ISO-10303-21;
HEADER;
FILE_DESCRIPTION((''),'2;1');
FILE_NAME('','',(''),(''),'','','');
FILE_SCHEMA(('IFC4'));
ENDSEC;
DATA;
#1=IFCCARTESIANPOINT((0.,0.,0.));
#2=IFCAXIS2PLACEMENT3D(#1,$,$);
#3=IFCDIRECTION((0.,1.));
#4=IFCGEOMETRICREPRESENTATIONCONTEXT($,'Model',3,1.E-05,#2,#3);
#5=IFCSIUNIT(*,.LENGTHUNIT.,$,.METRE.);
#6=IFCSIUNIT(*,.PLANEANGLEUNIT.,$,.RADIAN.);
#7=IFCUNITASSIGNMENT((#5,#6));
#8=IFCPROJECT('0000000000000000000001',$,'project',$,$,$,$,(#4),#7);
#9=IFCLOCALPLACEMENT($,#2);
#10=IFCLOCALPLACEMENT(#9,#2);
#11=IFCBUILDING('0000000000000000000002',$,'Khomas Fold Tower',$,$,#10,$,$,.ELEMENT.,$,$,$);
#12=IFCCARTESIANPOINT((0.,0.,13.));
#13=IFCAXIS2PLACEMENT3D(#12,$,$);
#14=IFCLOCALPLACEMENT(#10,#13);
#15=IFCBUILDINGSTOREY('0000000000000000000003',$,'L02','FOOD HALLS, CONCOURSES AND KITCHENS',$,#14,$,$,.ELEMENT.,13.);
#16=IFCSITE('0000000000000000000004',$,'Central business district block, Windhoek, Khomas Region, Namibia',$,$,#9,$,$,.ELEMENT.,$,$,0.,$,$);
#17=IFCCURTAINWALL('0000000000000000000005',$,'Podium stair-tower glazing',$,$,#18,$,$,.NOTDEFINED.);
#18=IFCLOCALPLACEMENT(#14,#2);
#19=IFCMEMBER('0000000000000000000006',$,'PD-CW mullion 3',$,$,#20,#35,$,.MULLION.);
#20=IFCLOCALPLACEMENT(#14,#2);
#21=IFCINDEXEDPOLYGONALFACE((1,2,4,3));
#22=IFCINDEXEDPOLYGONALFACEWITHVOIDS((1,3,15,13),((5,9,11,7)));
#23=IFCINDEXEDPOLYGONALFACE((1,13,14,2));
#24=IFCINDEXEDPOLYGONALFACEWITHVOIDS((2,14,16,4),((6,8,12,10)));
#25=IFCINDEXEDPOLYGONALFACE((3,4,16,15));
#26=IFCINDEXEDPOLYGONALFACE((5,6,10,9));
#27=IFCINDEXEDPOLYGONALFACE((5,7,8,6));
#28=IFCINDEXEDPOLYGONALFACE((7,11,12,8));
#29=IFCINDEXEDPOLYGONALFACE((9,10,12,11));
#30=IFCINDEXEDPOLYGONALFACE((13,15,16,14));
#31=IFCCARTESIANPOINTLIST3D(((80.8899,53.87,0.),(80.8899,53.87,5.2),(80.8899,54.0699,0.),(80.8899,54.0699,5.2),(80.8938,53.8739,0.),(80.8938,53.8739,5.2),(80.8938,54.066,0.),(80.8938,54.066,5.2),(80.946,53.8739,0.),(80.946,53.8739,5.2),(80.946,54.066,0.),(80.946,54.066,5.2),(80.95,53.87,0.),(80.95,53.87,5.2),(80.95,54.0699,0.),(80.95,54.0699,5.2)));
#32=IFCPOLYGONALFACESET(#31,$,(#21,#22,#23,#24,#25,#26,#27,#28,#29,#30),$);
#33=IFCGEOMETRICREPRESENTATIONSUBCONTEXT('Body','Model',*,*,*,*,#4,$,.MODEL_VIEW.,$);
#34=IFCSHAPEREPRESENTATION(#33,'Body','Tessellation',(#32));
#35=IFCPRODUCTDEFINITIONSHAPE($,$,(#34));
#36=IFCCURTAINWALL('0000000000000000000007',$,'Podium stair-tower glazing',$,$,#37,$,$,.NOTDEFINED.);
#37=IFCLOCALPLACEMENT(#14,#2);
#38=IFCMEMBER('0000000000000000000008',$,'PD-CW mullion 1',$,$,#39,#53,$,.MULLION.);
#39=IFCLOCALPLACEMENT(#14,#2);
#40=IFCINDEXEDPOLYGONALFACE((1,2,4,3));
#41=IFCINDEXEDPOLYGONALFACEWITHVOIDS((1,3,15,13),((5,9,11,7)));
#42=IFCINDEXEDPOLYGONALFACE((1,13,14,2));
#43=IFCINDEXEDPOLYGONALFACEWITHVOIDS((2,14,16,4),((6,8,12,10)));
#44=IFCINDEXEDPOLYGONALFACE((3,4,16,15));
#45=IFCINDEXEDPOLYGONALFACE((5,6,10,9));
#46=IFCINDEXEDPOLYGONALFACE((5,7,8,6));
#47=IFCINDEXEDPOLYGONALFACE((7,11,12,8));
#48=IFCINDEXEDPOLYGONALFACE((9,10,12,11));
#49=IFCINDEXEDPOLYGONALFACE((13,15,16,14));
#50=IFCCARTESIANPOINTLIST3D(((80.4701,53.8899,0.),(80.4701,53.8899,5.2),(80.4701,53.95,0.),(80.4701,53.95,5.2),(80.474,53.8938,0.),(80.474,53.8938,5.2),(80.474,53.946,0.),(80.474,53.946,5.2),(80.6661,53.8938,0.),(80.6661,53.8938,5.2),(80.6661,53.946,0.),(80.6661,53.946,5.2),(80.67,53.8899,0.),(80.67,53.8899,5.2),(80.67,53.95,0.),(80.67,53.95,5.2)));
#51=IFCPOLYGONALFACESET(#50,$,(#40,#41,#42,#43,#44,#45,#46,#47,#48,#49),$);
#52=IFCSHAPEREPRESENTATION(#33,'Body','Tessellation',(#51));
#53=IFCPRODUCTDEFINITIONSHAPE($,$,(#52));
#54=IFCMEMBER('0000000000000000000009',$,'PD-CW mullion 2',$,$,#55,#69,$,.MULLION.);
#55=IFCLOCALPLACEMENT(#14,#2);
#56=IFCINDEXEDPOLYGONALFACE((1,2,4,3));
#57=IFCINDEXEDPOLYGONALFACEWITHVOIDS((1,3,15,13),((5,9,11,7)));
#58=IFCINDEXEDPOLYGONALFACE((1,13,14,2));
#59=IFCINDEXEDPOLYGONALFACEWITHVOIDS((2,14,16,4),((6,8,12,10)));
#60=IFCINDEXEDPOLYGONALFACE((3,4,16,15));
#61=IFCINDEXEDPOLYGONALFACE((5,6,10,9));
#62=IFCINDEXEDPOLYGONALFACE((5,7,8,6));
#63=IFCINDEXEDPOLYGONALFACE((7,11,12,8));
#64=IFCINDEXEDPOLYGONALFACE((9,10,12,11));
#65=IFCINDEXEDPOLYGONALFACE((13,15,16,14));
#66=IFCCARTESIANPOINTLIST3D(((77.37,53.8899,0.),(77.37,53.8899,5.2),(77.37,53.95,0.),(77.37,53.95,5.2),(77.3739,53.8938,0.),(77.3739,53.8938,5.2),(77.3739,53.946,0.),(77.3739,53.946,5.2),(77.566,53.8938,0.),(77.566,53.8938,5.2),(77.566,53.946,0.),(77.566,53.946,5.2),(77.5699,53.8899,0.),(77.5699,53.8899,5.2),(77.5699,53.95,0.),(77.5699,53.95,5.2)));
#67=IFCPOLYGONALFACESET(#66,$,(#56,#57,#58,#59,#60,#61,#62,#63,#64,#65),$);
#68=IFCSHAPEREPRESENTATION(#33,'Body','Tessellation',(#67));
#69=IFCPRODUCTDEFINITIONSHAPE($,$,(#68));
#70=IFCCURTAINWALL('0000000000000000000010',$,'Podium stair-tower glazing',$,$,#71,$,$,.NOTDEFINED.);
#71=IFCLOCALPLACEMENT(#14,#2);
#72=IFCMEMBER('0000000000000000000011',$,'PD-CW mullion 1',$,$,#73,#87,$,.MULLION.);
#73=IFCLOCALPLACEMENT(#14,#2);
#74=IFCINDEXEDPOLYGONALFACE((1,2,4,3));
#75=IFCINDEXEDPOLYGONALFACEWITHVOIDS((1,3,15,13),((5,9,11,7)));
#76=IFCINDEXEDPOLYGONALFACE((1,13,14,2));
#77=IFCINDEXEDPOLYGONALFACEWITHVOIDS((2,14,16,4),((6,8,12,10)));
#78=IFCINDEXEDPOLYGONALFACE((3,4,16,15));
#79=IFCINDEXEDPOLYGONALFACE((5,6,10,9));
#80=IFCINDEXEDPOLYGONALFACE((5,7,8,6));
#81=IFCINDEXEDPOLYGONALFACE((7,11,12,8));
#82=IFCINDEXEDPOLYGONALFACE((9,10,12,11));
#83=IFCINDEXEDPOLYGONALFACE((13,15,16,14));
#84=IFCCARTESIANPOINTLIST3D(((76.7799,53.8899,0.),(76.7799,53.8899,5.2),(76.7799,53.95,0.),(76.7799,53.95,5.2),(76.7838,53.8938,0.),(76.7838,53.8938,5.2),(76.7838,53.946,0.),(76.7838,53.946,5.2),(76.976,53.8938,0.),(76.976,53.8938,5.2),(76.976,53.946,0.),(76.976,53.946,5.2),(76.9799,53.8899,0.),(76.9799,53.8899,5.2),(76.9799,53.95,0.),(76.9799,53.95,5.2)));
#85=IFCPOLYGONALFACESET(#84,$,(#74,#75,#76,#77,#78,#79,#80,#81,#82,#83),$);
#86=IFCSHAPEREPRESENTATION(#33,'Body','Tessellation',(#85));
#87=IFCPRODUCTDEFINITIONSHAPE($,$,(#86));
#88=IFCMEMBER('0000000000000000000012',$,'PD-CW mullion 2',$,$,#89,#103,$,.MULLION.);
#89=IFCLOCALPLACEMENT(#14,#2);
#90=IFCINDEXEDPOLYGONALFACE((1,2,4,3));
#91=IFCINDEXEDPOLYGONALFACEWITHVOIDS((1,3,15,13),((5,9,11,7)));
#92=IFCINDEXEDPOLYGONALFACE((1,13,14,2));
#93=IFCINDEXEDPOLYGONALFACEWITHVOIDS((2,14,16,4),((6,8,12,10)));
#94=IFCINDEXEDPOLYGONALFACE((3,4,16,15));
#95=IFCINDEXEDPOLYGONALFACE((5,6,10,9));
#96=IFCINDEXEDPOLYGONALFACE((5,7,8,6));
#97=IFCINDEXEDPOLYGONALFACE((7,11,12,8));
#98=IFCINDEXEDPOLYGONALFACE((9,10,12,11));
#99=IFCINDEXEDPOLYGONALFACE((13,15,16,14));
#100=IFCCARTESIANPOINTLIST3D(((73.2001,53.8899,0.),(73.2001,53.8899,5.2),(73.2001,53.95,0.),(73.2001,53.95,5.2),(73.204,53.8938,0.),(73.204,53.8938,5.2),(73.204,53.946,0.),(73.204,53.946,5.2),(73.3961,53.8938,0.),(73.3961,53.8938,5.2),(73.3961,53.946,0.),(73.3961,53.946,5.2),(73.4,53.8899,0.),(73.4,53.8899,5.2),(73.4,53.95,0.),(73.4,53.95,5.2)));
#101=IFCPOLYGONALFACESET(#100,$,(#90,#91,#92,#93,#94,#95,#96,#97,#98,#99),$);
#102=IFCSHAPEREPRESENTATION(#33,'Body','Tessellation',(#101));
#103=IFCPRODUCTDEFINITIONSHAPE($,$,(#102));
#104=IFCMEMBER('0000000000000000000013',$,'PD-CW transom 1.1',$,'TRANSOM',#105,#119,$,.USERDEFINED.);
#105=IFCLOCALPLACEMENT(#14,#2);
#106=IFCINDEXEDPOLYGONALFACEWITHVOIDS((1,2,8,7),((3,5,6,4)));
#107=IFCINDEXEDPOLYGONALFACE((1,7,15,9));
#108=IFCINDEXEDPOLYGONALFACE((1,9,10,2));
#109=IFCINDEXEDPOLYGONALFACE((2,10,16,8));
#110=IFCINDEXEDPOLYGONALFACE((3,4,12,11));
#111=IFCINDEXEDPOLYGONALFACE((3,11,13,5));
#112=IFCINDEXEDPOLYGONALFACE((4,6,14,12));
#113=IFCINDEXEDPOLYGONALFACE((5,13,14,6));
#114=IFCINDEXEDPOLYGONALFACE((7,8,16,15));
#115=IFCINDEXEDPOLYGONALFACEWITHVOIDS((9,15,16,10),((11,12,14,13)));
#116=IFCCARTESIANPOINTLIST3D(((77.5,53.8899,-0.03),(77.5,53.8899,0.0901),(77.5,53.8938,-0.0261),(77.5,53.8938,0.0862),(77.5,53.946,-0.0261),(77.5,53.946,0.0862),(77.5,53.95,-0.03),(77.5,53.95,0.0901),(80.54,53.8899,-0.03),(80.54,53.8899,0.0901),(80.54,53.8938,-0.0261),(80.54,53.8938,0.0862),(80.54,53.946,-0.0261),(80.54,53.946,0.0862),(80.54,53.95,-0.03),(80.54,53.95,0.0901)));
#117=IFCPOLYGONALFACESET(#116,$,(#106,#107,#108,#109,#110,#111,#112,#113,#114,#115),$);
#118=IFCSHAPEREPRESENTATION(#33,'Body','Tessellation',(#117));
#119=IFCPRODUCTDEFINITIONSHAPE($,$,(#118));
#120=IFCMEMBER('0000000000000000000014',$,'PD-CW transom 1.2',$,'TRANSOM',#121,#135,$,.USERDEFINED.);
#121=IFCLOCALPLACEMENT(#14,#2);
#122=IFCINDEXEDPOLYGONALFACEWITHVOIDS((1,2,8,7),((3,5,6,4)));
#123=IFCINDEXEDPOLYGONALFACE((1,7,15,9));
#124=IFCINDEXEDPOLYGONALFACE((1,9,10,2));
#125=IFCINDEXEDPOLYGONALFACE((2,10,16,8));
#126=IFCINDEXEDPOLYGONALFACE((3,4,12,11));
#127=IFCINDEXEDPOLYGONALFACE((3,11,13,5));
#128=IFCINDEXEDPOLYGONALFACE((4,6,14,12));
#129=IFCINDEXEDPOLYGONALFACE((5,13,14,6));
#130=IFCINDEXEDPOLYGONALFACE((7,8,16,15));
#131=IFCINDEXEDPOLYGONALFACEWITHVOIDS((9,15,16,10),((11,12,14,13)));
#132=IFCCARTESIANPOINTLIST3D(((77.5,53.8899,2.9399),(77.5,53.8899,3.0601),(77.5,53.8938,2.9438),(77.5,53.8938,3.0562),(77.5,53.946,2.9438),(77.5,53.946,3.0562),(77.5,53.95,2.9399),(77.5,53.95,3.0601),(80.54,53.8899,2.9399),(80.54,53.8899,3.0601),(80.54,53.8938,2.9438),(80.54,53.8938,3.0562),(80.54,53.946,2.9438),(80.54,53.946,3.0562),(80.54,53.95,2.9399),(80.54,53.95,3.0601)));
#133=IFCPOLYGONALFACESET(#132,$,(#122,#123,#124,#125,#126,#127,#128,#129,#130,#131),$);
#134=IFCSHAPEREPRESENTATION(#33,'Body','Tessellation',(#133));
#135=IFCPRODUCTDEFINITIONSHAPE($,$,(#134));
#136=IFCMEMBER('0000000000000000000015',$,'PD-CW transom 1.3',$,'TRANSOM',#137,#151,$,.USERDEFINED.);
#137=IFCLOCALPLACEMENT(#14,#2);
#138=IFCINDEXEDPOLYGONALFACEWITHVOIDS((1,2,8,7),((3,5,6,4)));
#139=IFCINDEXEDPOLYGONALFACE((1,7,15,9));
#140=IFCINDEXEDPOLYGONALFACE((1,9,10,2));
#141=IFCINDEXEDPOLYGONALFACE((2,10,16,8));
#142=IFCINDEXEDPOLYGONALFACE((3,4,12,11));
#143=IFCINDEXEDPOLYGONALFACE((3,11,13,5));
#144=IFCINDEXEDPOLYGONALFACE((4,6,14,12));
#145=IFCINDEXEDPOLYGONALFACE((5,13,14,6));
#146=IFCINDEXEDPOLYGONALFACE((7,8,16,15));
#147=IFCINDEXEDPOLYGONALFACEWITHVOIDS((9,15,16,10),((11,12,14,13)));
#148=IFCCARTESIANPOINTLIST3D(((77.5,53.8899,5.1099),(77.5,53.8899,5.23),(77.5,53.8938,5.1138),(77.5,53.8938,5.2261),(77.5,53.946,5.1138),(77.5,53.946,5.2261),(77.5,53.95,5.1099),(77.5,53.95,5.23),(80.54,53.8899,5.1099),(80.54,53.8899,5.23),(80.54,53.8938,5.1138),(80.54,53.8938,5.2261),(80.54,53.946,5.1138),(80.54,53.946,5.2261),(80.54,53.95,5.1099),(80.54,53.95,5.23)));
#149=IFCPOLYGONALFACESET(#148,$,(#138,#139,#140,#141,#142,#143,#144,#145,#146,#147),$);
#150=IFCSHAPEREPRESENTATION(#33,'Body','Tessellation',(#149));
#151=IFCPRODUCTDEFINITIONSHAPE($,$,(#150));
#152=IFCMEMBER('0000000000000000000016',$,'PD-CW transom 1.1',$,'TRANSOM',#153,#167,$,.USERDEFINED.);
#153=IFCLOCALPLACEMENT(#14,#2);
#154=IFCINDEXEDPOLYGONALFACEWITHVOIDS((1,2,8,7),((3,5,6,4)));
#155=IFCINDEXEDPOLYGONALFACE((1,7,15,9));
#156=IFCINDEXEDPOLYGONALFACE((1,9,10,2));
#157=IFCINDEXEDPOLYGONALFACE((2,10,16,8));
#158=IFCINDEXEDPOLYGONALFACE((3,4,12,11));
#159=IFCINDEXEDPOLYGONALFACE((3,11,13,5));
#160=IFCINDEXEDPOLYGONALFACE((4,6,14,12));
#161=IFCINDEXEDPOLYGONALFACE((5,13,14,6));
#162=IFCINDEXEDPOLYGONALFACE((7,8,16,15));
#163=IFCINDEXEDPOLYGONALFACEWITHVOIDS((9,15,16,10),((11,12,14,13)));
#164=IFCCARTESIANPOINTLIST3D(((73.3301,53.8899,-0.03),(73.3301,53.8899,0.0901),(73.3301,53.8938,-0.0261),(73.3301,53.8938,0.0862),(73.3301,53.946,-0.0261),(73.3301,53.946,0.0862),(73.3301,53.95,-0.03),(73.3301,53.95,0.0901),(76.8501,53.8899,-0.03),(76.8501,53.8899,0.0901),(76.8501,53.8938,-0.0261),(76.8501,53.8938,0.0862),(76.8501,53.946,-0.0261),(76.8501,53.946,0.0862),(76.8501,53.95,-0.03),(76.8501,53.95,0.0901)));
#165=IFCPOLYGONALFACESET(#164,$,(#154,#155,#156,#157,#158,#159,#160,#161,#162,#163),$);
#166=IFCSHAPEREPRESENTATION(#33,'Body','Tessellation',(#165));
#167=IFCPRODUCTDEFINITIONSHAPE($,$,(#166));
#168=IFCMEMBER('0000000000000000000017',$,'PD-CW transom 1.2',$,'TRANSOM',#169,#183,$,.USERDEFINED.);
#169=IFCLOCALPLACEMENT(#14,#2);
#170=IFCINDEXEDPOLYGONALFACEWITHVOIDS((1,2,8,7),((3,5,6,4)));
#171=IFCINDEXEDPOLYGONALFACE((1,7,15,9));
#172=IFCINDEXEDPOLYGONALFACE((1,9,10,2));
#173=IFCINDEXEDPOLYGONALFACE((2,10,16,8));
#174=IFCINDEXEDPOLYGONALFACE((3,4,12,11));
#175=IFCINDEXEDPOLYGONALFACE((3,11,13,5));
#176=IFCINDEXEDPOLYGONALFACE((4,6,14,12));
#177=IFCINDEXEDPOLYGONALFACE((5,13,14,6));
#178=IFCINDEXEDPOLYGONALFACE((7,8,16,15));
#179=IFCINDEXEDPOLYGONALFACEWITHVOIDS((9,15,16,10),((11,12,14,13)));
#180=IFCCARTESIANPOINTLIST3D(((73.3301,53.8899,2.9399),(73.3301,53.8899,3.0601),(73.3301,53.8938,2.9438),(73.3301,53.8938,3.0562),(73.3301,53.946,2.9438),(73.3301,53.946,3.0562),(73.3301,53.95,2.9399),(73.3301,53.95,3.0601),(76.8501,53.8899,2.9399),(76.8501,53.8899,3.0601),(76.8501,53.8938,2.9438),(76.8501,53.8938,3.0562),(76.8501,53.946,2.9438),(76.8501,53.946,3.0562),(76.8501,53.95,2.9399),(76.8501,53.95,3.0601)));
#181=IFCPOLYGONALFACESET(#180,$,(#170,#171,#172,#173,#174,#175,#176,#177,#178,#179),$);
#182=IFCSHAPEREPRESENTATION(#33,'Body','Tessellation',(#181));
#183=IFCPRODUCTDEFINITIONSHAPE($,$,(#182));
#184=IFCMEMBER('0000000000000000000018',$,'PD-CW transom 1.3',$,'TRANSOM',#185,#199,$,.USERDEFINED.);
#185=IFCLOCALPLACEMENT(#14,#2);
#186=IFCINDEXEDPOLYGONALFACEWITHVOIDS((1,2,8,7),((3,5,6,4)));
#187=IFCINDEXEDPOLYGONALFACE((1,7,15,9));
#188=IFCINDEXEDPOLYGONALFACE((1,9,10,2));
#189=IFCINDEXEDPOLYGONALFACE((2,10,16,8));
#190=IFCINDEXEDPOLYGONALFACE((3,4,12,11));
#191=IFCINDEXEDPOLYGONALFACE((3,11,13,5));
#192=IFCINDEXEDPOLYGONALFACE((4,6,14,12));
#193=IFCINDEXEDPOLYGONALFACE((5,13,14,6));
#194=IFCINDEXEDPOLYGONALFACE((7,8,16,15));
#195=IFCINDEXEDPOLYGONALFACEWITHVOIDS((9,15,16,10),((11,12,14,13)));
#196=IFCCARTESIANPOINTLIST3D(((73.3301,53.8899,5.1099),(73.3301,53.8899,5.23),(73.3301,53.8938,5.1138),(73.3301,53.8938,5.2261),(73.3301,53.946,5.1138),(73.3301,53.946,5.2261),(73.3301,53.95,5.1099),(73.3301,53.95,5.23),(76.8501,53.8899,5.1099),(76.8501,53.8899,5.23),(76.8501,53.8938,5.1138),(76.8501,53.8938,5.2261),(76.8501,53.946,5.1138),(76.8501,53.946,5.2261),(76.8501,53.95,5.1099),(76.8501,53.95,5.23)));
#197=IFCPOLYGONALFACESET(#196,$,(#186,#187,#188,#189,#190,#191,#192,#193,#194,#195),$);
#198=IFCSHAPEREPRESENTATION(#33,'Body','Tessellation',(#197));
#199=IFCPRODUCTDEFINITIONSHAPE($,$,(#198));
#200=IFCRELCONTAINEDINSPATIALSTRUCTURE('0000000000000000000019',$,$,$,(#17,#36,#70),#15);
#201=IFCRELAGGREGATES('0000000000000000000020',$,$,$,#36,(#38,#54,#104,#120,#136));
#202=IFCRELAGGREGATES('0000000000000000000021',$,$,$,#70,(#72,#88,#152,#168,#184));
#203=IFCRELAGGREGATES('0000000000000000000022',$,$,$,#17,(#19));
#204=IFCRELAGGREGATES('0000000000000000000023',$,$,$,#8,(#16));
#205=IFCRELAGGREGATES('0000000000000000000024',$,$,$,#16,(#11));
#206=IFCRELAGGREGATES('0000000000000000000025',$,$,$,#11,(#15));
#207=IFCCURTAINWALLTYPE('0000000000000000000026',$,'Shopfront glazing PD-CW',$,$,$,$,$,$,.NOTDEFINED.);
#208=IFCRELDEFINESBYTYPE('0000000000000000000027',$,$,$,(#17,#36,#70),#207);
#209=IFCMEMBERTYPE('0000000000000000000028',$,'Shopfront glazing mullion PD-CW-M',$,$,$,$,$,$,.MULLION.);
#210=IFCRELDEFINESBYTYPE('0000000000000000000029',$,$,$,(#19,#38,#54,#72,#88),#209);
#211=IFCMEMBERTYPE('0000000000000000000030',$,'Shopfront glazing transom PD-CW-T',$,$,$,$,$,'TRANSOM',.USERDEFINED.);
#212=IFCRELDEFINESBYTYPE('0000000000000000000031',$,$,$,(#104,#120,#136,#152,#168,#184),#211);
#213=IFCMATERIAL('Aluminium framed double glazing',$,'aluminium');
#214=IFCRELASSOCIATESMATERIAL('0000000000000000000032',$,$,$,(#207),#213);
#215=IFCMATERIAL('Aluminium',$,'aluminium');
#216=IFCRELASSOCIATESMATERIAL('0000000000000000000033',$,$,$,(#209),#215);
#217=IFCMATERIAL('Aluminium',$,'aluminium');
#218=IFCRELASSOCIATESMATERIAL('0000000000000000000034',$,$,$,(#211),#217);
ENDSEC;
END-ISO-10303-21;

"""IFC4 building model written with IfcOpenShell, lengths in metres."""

from ifc_helpers import new_model, si_unit, direction, frame, origin, origin_2d, place, context, subcontext, project, spatial, hollow_rectangle, extrude, source, transform, mapped, material, material_profile, profile_set, type_object, element, aggregate, save


model = new_model("IFC4")

# Units and contexts
model_context = context("Model", 3, precision=1e-05, world=origin(), true_north=direction((0.0, 1.0)))
body_context = subcontext(model_context, "Body", "Model", "MODEL_VIEW")
ifc_project = project(units=[si_unit("LENGTHUNIT", "METRE"), si_unit("PLANEANGLEUNIT", "RADIAN")], contexts=[model_context])

# Site, building, storey
site_placement = place(None, origin())
site = spatial("IfcSite", under=ifc_project, at=site_placement, Name="Central business district block, Windhoek, Khomas Region, Namibia", CompositionType="ELEMENT", RefElevation=0.0)
building_placement = place(site_placement, origin())
building = spatial("IfcBuilding", under=site, at=building_placement, Name="Khomas Fold Tower", CompositionType="ELEMENT")
storey_placement = place(building_placement, frame((0.0, 0.0, 13.0)))
storey = spatial("IfcBuildingStorey", under=building, at=storey_placement, Name="L02", Description="FOOD HALLS, CONCOURSES AND KITCHENS", CompositionType="ELEMENT", Elevation=13.0)

# Curtain wall, member
ifc_material_1 = material(Name="Aluminium framed double glazing", Category="aluminium")
curtain_wall_type = type_object("IfcCurtainWallType", Name="Shopfront glazing PD-CW", PredefinedType="NOTDEFINED", material=ifc_material_1)
curtain_wall_1_placement = place(storey_placement, origin())
curtain_wall_1 = element("IfcCurtainWall", 1, at=curtain_wall_1_placement, inside=storey, type_object=curtain_wall_type, Name="Podium stair-tower glazing", PredefinedType="NOTDEFINED")
ifc_material_2 = material(Name="Aluminium", Category="aluminium")
ifc_material_profile_1 = material_profile(ifc_material_2, hollow_rectangle(XDim=0.0601, YDim=0.2, WallThickness=0.0039, at=origin_2d()), Name="Shopfront glazing mullion PD-CW-M")
ifc_profile_set_1 = profile_set([ifc_material_profile_1], Name="Aluminium")
member_type_1 = type_object("IfcMemberType", Name="Shopfront glazing mullion PD-CW-M", PredefinedType="MULLION", material=ifc_profile_set_1)
shared_shape_1 = source(origin(), body_context, "Body", "SweptSolid", [
    extrude(hollow_rectangle(XDim=0.0601, YDim=0.2, WallThickness=0.0039, at=origin_2d()), origin(), (0.0, 0.0, 1.0), 5.2),
])
member_1_placement = place(storey_placement, frame((80.9199, 53.97, 0.0), z_axis=(0.0, 0.0, 1.0), x_axis=(-1.0, 0.0, 0.0)))
member_1 = element("IfcMember", 2, at=member_1_placement, type_object=member_type_1, Name="PD-CW mullion 3", PredefinedType="MULLION", context=body_context, shape_type="MappedRepresentation", body=[
    mapped(shared_shape_1, transform((0.0, 0.0, 0.0))),
])

# Curtain walls, members
curtain_wall_2_placement = place(storey_placement, origin())
curtain_wall_2 = element("IfcCurtainWall", 3, at=curtain_wall_2_placement, inside=storey, type_object=curtain_wall_type, Name="Podium stair-tower glazing", PredefinedType="NOTDEFINED")
member_2_placement = place(storey_placement, frame((80.5701, 53.9199, 0.0), z_axis=(0.0, 0.0, 1.0), x_axis=(0.0, -1.0, 0.0)))
member_2 = element("IfcMember", 4, at=member_2_placement, type_object=member_type_1, Name="PD-CW mullion 1", PredefinedType="MULLION", context=body_context, shape_type="MappedRepresentation", body=[
    mapped(shared_shape_1, transform((0.0, 0.0, 0.0))),
])
member_3_placement = place(storey_placement, frame((77.47, 53.9199, 0.0), z_axis=(0.0, 0.0, 1.0), x_axis=(0.0, -1.0, 0.0)))
member_3 = element("IfcMember", 5, at=member_3_placement, type_object=member_type_1, Name="PD-CW mullion 2", PredefinedType="MULLION", context=body_context, shape_type="MappedRepresentation", body=[
    mapped(shared_shape_1, transform((0.0, 0.0, 0.0))),
])
curtain_wall_3_placement = place(storey_placement, origin())
curtain_wall_3 = element("IfcCurtainWall", 6, at=curtain_wall_3_placement, inside=storey, type_object=curtain_wall_type, Name="Podium stair-tower glazing", PredefinedType="NOTDEFINED")
member_4_placement = place(storey_placement, frame((76.8799, 53.9199, 0.0), z_axis=(0.0, 0.0, 1.0), x_axis=(0.0, -1.0, 0.0)))
member_4 = element("IfcMember", 7, at=member_4_placement, type_object=member_type_1, Name="PD-CW mullion 1", PredefinedType="MULLION", context=body_context, shape_type="MappedRepresentation", body=[
    mapped(shared_shape_1, transform((0.0, 0.0, 0.0))),
])
member_5_placement = place(storey_placement, frame((73.3, 53.9199, 0.0), z_axis=(0.0, 0.0, 1.0), x_axis=(0.0, -1.0, 0.0)))
member_5 = element("IfcMember", 8, at=member_5_placement, type_object=member_type_1, Name="PD-CW mullion 2", PredefinedType="MULLION", context=body_context, shape_type="MappedRepresentation", body=[
    mapped(shared_shape_1, transform((0.0, 0.0, 0.0))),
])

# Members
ifc_material_3 = material(Name="Aluminium", Category="aluminium")
ifc_material_profile_2 = material_profile(ifc_material_3, hollow_rectangle(XDim=0.0601, YDim=0.1201, WallThickness=0.0039, at=origin_2d()), Name="Shopfront glazing transom PD-CW-T")
ifc_profile_set_2 = profile_set([ifc_material_profile_2], Name="Aluminium")
member_type_2 = type_object("IfcMemberType", Name="Shopfront glazing transom PD-CW-T", ElementType="TRANSOM", PredefinedType="USERDEFINED", material=ifc_profile_set_2)
shared_shape_2 = source(origin(), body_context, "Body", "SweptSolid", [
    extrude(hollow_rectangle(XDim=0.0601, YDim=0.1201, WallThickness=0.0039, at=origin_2d()), origin(), (0.0, 0.0, 1.0), 3.04),
])
member_6_placement = place(storey_placement, frame((80.54, 53.9199, 0.03), z_axis=(-1.0, 0.0, 0.0), x_axis=(0.0, -1.0, 0.0)))
member_6 = element("IfcMember", 9, at=member_6_placement, type_object=member_type_2, Name="PD-CW transom 1.1", ObjectType="TRANSOM", PredefinedType="USERDEFINED", context=body_context, shape_type="MappedRepresentation", body=[
    mapped(shared_shape_2, transform((0.0, 0.0, 0.0))),
])
member_7_placement = place(storey_placement, frame((80.54, 53.9199, 3.0), z_axis=(-1.0, 0.0, 0.0), x_axis=(0.0, -1.0, 0.0)))
member_7 = element("IfcMember", 10, at=member_7_placement, type_object=member_type_2, Name="PD-CW transom 1.2", ObjectType="TRANSOM", PredefinedType="USERDEFINED", context=body_context, shape_type="MappedRepresentation", body=[
    mapped(shared_shape_2, transform((0.0, 0.0, 0.0))),
])
member_8_placement = place(storey_placement, frame((80.54, 53.9199, 5.1699), z_axis=(-1.0, 0.0, 0.0), x_axis=(0.0, -1.0, 0.0)))
member_8 = element("IfcMember", 11, at=member_8_placement, type_object=member_type_2, Name="PD-CW transom 1.3", ObjectType="TRANSOM", PredefinedType="USERDEFINED", context=body_context, shape_type="MappedRepresentation", body=[
    mapped(shared_shape_2, transform((0.0, 0.0, 0.0))),
])
shared_shape_3 = source(origin(), body_context, "Body", "SweptSolid", [
    extrude(hollow_rectangle(XDim=0.0601, YDim=0.1201, WallThickness=0.0039, at=origin_2d()), origin(), (0.0, 0.0, 1.0), 3.52),
])
member_9_placement = place(storey_placement, frame((76.8501, 53.9199, 0.03), z_axis=(-1.0, 0.0, 0.0), x_axis=(0.0, -1.0, 0.0)))
member_9 = element("IfcMember", 12, at=member_9_placement, type_object=member_type_2, Name="PD-CW transom 1.1", ObjectType="TRANSOM", PredefinedType="USERDEFINED", context=body_context, shape_type="MappedRepresentation", body=[
    mapped(shared_shape_3, transform((0.0, 0.0, 0.0))),
])
member_10_placement = place(storey_placement, frame((76.8501, 53.9199, 3.0), z_axis=(-1.0, 0.0, 0.0), x_axis=(0.0, -1.0, 0.0)))
member_10 = element("IfcMember", 13, at=member_10_placement, type_object=member_type_2, Name="PD-CW transom 1.2", ObjectType="TRANSOM", PredefinedType="USERDEFINED", context=body_context, shape_type="MappedRepresentation", body=[
    mapped(shared_shape_3, transform((0.0, 0.0, 0.0))),
])
member_11_placement = place(storey_placement, frame((76.8501, 53.9199, 5.1699), z_axis=(-1.0, 0.0, 0.0), x_axis=(0.0, -1.0, 0.0)))
member_11 = element("IfcMember", 14, at=member_11_placement, type_object=member_type_2, Name="PD-CW transom 1.3", ObjectType="TRANSOM", PredefinedType="USERDEFINED", context=body_context, shape_type="MappedRepresentation", body=[
    mapped(shared_shape_3, transform((0.0, 0.0, 0.0))),
])

aggregate(curtain_wall_2, [member_2, member_3, member_6, member_7, member_8])
aggregate(curtain_wall_3, [member_4, member_5, member_9, member_10, member_11])
aggregate(curtain_wall_1, [member_1])

save(model, "model.ifc")
